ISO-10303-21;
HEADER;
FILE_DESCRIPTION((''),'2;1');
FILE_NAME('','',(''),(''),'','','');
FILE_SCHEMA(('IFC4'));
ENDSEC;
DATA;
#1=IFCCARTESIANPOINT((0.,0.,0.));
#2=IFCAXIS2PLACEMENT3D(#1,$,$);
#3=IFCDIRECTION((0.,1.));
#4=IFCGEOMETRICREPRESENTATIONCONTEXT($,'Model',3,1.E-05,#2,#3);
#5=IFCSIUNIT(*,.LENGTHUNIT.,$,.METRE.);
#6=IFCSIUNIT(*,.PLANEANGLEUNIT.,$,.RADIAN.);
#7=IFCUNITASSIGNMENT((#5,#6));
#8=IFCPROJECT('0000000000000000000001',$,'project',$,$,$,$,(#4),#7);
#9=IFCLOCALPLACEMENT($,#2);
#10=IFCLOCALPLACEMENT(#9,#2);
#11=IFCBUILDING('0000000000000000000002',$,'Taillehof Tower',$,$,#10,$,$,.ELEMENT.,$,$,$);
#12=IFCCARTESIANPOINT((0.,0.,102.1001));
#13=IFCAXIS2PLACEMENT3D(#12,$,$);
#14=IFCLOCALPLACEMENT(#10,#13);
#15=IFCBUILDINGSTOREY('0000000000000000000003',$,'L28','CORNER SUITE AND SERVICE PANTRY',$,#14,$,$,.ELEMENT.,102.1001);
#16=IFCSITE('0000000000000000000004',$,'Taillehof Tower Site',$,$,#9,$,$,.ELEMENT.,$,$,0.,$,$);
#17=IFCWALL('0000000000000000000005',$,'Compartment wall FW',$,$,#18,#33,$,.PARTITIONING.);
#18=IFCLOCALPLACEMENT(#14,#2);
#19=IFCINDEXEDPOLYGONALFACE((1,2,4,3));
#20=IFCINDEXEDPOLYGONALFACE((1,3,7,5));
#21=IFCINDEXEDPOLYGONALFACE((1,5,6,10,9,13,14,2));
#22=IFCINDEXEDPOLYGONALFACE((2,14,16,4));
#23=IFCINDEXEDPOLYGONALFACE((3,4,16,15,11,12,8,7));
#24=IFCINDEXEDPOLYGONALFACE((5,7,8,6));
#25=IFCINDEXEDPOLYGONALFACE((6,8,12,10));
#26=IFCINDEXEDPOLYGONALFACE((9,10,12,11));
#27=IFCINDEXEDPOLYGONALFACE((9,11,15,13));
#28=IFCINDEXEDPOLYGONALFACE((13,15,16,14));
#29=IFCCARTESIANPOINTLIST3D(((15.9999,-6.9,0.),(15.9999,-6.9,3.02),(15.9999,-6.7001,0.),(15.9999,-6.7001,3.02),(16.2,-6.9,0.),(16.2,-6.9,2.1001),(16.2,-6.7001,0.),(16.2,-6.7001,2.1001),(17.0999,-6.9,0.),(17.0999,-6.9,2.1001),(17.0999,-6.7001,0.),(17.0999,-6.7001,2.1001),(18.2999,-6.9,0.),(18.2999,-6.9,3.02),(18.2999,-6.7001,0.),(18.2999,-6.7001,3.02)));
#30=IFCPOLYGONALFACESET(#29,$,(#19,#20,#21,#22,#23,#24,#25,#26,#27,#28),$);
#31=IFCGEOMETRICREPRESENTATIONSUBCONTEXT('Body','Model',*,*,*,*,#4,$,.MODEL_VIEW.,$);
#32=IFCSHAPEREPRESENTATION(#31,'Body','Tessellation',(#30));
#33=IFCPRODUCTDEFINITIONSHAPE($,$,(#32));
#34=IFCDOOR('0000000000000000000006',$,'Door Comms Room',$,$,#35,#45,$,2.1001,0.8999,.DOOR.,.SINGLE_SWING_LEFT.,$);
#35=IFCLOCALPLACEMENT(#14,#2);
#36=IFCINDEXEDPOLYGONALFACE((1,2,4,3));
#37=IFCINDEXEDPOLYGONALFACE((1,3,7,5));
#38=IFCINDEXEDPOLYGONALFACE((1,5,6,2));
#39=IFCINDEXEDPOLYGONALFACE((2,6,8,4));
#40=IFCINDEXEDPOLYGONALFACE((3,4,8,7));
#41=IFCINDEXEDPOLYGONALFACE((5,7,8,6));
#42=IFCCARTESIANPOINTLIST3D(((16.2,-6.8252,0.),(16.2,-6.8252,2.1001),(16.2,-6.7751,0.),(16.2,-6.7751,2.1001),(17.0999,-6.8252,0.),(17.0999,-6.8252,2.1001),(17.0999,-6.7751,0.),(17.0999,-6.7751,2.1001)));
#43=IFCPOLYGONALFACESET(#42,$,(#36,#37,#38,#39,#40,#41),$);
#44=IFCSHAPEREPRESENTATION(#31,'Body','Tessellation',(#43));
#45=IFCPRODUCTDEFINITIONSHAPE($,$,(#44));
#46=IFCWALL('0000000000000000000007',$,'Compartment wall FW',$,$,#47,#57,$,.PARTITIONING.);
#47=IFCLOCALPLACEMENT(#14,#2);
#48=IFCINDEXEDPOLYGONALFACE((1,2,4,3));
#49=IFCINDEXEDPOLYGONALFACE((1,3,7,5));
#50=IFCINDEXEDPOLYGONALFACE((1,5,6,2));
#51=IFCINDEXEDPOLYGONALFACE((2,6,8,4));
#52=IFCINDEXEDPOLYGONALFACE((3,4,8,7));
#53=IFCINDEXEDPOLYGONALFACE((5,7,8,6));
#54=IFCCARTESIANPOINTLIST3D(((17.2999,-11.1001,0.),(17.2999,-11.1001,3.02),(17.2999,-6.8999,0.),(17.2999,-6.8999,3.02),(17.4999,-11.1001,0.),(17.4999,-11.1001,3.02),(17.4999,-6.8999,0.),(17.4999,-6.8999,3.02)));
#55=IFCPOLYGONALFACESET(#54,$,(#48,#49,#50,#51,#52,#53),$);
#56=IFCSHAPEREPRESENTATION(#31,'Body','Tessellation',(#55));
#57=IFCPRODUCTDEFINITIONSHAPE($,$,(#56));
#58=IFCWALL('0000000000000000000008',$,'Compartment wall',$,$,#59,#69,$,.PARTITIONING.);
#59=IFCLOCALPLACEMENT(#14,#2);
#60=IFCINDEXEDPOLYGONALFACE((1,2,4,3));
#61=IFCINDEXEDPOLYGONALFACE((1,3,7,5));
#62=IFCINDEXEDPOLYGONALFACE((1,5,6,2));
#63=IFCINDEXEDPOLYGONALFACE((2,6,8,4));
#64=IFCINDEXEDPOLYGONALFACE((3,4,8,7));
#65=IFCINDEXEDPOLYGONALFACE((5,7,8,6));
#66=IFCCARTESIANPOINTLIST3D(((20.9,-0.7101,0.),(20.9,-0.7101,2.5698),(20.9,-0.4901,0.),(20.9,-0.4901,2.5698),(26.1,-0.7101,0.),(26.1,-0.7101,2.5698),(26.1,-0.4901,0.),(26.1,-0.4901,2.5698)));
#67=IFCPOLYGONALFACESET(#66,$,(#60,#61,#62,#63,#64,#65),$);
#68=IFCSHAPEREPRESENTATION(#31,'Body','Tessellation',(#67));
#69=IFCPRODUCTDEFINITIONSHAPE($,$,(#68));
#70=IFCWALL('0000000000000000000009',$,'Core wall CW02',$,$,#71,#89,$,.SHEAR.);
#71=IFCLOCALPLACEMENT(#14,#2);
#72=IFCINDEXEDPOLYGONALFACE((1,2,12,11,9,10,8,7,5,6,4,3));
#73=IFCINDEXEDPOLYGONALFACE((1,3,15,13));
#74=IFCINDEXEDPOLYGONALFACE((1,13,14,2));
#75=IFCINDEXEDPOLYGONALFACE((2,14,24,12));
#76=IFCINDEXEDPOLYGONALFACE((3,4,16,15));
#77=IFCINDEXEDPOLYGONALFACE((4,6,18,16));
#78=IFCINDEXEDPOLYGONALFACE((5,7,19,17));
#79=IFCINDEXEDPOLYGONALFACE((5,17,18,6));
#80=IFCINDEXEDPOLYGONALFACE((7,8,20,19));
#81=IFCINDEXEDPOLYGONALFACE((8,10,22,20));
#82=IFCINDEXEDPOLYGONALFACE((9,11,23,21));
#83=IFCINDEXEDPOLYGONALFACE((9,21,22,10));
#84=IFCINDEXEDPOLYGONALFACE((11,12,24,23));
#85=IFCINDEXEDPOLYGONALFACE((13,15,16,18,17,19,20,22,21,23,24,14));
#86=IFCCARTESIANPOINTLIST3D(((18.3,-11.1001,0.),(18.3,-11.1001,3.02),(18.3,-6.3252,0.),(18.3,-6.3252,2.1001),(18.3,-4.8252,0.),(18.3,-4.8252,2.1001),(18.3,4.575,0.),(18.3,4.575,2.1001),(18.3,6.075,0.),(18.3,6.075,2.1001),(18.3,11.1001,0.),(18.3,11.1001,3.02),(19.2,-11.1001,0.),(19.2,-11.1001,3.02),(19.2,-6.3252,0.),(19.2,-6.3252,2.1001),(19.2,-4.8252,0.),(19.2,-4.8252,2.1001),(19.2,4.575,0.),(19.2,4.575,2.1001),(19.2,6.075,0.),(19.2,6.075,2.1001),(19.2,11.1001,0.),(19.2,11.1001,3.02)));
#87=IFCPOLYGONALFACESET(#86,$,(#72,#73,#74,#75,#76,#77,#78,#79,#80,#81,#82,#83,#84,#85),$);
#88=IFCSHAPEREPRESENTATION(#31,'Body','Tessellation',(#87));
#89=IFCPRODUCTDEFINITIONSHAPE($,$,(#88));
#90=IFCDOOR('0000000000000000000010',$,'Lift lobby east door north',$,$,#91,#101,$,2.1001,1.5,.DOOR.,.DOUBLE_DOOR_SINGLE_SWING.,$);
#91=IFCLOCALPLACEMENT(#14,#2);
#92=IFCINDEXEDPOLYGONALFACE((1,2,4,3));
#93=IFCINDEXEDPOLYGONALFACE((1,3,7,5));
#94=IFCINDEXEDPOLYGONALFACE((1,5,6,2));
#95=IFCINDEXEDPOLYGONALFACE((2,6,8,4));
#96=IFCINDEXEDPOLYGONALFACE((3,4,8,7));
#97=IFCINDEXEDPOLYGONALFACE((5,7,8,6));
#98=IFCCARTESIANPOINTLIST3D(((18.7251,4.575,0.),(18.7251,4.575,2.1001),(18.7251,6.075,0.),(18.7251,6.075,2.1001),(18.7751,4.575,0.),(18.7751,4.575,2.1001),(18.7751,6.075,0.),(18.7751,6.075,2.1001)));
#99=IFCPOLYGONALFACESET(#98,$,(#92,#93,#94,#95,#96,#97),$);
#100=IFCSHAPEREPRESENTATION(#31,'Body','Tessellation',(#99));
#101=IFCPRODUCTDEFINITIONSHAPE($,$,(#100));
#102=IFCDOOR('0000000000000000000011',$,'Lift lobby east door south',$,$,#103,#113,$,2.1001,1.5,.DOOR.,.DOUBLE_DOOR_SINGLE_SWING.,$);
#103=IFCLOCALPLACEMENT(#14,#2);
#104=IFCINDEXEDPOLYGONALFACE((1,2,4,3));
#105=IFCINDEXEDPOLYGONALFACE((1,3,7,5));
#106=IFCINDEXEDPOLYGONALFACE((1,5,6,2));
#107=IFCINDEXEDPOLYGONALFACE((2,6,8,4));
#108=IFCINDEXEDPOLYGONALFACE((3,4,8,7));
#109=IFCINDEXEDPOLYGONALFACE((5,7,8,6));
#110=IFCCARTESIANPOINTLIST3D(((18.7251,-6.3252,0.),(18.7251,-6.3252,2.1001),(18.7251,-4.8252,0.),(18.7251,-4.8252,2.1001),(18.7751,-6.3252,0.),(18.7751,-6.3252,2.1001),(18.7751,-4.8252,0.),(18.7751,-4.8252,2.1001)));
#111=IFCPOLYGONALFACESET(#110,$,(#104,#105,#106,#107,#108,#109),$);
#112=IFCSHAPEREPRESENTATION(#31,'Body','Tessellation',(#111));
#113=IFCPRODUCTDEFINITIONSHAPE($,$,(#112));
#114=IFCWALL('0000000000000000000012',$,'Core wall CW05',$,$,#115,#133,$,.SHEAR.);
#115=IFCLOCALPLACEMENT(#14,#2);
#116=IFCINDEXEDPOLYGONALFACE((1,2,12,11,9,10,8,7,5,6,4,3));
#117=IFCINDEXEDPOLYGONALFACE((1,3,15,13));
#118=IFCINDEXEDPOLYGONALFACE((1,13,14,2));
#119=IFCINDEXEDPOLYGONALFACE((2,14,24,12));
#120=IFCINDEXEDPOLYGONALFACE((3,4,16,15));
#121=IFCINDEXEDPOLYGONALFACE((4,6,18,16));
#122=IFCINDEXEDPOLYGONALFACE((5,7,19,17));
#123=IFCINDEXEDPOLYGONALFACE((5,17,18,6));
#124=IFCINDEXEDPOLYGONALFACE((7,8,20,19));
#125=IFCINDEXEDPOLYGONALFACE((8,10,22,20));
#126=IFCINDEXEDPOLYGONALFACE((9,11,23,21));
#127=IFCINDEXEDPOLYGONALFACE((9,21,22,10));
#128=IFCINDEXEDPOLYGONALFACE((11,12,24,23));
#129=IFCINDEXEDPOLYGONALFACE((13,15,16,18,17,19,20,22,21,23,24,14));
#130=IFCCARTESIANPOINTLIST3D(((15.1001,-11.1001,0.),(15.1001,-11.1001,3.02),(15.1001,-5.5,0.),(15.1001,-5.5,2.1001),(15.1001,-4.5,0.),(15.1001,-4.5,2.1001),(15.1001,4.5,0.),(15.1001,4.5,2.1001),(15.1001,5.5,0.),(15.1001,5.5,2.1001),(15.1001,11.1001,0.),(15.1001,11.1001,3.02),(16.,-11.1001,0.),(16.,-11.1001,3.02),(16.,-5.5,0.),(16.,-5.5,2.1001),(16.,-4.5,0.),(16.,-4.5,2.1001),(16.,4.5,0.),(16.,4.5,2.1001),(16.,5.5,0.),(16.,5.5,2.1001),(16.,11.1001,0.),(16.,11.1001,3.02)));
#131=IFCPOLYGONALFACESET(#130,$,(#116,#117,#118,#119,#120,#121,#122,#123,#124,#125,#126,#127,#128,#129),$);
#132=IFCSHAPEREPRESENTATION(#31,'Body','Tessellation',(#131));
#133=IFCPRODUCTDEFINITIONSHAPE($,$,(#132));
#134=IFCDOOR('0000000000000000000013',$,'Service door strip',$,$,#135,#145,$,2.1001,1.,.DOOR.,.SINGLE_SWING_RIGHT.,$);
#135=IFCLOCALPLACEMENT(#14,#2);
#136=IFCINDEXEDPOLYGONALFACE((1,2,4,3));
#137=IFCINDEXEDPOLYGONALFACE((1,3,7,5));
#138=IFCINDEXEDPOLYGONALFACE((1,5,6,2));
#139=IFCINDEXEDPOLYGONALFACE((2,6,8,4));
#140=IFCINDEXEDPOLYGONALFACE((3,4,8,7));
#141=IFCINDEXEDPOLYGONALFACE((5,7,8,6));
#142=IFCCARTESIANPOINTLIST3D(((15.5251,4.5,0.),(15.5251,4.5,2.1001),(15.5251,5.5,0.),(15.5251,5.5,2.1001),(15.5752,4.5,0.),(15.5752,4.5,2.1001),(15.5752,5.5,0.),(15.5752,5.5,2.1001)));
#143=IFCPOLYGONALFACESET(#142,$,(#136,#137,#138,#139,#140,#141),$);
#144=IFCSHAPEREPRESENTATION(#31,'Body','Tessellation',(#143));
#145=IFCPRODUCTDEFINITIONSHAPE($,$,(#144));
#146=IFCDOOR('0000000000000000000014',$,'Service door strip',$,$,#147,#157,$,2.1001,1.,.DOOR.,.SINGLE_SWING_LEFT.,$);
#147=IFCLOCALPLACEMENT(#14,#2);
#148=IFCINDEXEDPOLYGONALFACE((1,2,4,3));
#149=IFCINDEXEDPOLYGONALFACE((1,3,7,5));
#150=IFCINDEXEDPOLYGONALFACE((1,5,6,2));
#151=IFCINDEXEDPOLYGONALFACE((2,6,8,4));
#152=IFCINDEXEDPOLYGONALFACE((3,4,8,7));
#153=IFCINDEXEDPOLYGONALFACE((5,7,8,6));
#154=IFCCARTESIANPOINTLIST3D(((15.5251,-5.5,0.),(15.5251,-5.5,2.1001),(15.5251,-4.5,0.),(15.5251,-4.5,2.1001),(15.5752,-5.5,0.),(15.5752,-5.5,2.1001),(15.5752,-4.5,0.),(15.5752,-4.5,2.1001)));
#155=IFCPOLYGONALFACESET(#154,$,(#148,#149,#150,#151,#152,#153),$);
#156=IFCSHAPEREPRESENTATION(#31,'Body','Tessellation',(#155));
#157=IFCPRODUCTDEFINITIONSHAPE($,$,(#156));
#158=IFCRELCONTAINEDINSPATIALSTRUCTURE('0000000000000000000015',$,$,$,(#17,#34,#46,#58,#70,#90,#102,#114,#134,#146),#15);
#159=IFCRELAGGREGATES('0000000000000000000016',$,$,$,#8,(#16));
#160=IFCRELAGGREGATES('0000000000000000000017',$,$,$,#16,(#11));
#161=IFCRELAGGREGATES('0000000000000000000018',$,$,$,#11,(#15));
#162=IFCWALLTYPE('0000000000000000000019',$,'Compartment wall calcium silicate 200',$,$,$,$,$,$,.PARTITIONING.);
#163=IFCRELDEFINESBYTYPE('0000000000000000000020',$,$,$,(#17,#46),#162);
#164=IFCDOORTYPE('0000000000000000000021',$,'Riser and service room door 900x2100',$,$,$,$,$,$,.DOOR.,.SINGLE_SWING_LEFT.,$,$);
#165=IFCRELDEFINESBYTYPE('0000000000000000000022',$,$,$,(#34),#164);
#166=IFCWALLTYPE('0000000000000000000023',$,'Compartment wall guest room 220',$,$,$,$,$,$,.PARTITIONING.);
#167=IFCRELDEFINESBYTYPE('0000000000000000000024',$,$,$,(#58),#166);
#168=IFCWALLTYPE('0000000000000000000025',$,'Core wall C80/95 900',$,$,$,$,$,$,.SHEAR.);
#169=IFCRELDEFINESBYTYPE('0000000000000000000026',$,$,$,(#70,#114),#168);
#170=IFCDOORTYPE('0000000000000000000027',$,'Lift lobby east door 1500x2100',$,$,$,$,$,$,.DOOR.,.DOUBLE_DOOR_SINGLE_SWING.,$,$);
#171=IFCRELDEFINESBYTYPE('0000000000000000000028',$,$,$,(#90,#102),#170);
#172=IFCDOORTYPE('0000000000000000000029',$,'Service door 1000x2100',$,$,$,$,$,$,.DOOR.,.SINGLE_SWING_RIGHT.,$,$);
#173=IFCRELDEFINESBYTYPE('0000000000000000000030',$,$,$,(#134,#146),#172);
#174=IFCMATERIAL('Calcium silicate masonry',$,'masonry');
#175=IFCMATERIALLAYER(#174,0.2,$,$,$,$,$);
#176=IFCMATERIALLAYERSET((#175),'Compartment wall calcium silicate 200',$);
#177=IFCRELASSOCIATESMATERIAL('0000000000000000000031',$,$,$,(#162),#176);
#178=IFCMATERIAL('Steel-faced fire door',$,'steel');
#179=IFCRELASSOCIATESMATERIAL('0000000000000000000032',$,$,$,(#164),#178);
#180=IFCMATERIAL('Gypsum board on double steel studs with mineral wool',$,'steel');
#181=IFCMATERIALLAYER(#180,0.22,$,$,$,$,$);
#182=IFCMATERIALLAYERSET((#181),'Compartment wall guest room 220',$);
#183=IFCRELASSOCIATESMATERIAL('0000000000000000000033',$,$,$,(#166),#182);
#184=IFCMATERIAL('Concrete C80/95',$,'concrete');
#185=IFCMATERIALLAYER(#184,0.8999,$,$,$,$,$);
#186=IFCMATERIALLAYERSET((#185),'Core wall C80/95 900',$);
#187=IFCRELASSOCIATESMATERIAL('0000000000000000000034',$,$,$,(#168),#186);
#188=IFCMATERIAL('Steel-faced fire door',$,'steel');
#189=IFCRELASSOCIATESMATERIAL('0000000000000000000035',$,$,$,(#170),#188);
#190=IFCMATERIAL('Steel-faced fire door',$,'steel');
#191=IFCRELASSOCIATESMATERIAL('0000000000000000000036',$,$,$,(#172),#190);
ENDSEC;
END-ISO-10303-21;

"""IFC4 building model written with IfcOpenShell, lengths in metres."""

from ifc_helpers import new_model, si_unit, direction, frame, frame_2d, origin, place, context, subcontext, project, spatial, rectangle, extrude, material, layer, layer_set, type_object, element, fill, save


model = new_model("IFC4")

# Units and contexts
model_context = context("Model", 3, precision=1e-05, world=origin(), true_north=direction((0.0, 1.0)))
body_context = subcontext(model_context, "Body", "Model", "MODEL_VIEW")
ifc_project = project(units=[si_unit("LENGTHUNIT", "METRE"), si_unit("PLANEANGLEUNIT", "RADIAN")], contexts=[model_context])

# Site, building, storey
site_placement = place(None, origin())
site = spatial("IfcSite", under=ifc_project, at=site_placement, Name="Taillehof Tower Site", CompositionType="ELEMENT", RefElevation=0.0)
building_placement = place(site_placement, origin())
building = spatial("IfcBuilding", under=site, at=building_placement, Name="Taillehof Tower", CompositionType="ELEMENT")
storey_placement = place(building_placement, frame((0.0, 0.0, 102.1001)))
storey = spatial("IfcBuildingStorey", under=building, at=storey_placement, Name="L28", Description="CORNER SUITE AND SERVICE PANTRY", CompositionType="ELEMENT", Elevation=102.1001)

# Shared definitions
ifc_material_1 = material(Name="Calcium silicate masonry", Category="masonry")
ifc_layer_1 = layer(ifc_material_1, 0.2)
ifc_layer_set_1 = layer_set([ifc_layer_1], Name="Compartment wall calcium silicate 200")
wall_type_1 = type_object("IfcWallType", Name="Compartment wall calcium silicate 200", PredefinedType="PARTITIONING", material=ifc_layer_set_1)

# Wall, opening, door
wall_1_placement = place(storey_placement, frame((16.0, -6.8, 0.0), z_axis=(0.0, 0.0, 1.0), x_axis=(1.0, 0.0, 0.0)))
wall_1 = element("IfcWall", 1, at=wall_1_placement, inside=storey, type_object=wall_type_1, Name="Compartment wall FW", PredefinedType="PARTITIONING", context=body_context, shape_type="SweptSolid", body=[
    extrude(rectangle(XDim=2.3, YDim=0.2, at=frame_2d((1.1499, 0.0))), origin(), (0.0, 0.0, 1.0), 3.02),
])
opening_1_placement = place(wall_1_placement, frame((0.2, 0.0, 0.0)))
opening_1 = element("IfcOpeningElement", 2, at=opening_1_placement, cuts=wall_1, PredefinedType="OPENING", context=body_context, shape_type="SweptSolid", body=[
    extrude(rectangle(XDim=0.8999, YDim=2.1001, at=frame_2d((0.45, 1.05))), frame((0.0, 0.1099, 0.0), z_axis=(0.0, -1.0, 0.0), x_axis=(1.0, 0.0, 0.0)), (0.0, 0.0, 1.0), 0.22),
])
ifc_material_2 = material(Name="Steel-faced fire door", Category="steel")
door_type_1 = type_object("IfcDoorType", Name="Riser and service room door 900x2100", OperationType="SINGLE_SWING_LEFT", PredefinedType="DOOR", material=ifc_material_2)
door_1_placement = place(opening_1_placement, origin())
door_1 = element("IfcDoor", 3, at=door_1_placement, inside=storey, type_object=door_type_1, Name="Door Comms Room", OperationType="SINGLE_SWING_LEFT", OverallHeight=2.1001, OverallWidth=0.8999, PredefinedType="DOOR", context=body_context, shape_type="SweptSolid", body=[
    extrude(rectangle(XDim=0.8999, YDim=2.1001, at=frame_2d((0.45, 1.05))), frame((0.0, 0.0249, 0.0), z_axis=(0.0, -1.0, 0.0), x_axis=(1.0, 0.0, 0.0)), (0.0, 0.0, 1.0), 0.05),
])
fill(opening_1, door_1)

# Walls
wall_2_placement = place(storey_placement, frame((17.3999, -11.1001, 0.0), z_axis=(0.0, 0.0, 1.0), x_axis=(0.0, 1.0, 0.0)))
element("IfcWall", 4, at=wall_2_placement, inside=storey, type_object=wall_type_1, Name="Compartment wall FW", PredefinedType="PARTITIONING", context=body_context, shape_type="SweptSolid", body=[
    extrude(rectangle(XDim=4.2002, YDim=0.2, at=frame_2d((2.1001, 0.0))), origin(), (0.0, 0.0, 1.0), 3.02),
])
ifc_material_3 = material(Name="Gypsum board on double steel studs with mineral wool", Category="steel")
ifc_layer_2 = layer(ifc_material_3, 0.22)
ifc_layer_set_2 = layer_set([ifc_layer_2], Name="Compartment wall guest room 220")
wall_type_2 = type_object("IfcWallType", Name="Compartment wall guest room 220", PredefinedType="PARTITIONING", material=ifc_layer_set_2)
wall_3_placement = place(storey_placement, frame((26.1001, -0.6001, 0.0), z_axis=(0.0, 0.0, 1.0), x_axis=(-1.0, 0.0, 0.0)))
element("IfcWall", 5, at=wall_3_placement, inside=storey, type_object=wall_type_2, Name="Compartment wall", PredefinedType="PARTITIONING", context=body_context, shape_type="SweptSolid", body=[
    extrude(rectangle(XDim=5.2, YDim=0.22, at=frame_2d((2.6001, 0.0))), origin(), (0.0, 0.0, 1.0), 2.5698),
])

# Walls, openings, doors
ifc_material_4 = material(Name="Concrete C80/95", Category="concrete")
ifc_layer_3 = layer(ifc_material_4, 0.8999)
ifc_layer_set_3 = layer_set([ifc_layer_3], Name="Core wall C80/95 900")
wall_type_3 = type_object("IfcWallType", Name="Core wall C80/95 900", PredefinedType="SHEAR", material=ifc_layer_set_3)
wall_4_placement = place(storey_placement, frame((18.75, -11.1001, 0.0), z_axis=(0.0, 0.0, 1.0), x_axis=(0.0, 1.0, 0.0)))
wall_4 = element("IfcWall", 6, at=wall_4_placement, inside=storey, type_object=wall_type_3, Name="Core wall CW02", PredefinedType="SHEAR", context=body_context, shape_type="SweptSolid", body=[
    extrude(rectangle(XDim=22.2002, YDim=0.8999, at=frame_2d((11.1001, 0.0))), origin(), (0.0, 0.0, 1.0), 3.02),
])
opening_2_placement = place(wall_4_placement, frame((15.675, 0.0, 0.0)))
opening_2 = element("IfcOpeningElement", 7, at=opening_2_placement, cuts=wall_4, PredefinedType="OPENING", context=body_context, shape_type="SweptSolid", body=[
    extrude(rectangle(XDim=1.5, YDim=2.1001, at=frame_2d((0.75, 1.05))), frame((0.0, 0.46, 0.0), z_axis=(0.0, -1.0, 0.0), x_axis=(1.0, 0.0, 0.0)), (0.0, 0.0, 1.0), 0.9199),
])
opening_3_placement = place(wall_4_placement, frame((4.7749, 0.0, 0.0)))
opening_3 = element("IfcOpeningElement", 8, at=opening_3_placement, cuts=wall_4, PredefinedType="OPENING", context=body_context, shape_type="SweptSolid", body=[
    extrude(rectangle(XDim=1.5, YDim=2.1001, at=frame_2d((0.75, 1.05))), frame((0.0, 0.46, 0.0), z_axis=(0.0, -1.0, 0.0), x_axis=(1.0, 0.0, 0.0)), (0.0, 0.0, 1.0), 0.9199),
])
ifc_material_5 = material(Name="Steel-faced fire door", Category="steel")
door_type_2 = type_object("IfcDoorType", Name="Lift lobby east door 1500x2100", OperationType="DOUBLE_DOOR_SINGLE_SWING", PredefinedType="DOOR", material=ifc_material_5)
door_2_placement = place(opening_2_placement, origin())
door_2 = element("IfcDoor", 9, at=door_2_placement, inside=storey, type_object=door_type_2, Name="Lift lobby east door north", OperationType="DOUBLE_DOOR_SINGLE_SWING", OverallHeight=2.1001, OverallWidth=1.5, PredefinedType="DOOR", context=body_context, shape_type="SweptSolid", body=[
    extrude(rectangle(XDim=1.5, YDim=2.1001, at=frame_2d((0.75, 1.05))), frame((0.0, 0.0249, 0.0), z_axis=(0.0, -1.0, 0.0), x_axis=(1.0, 0.0, 0.0)), (0.0, 0.0, 1.0), 0.05),
])
fill(opening_2, door_2)
door_3_placement = place(opening_3_placement, origin())
door_3 = element("IfcDoor", 10, at=door_3_placement, inside=storey, type_object=door_type_2, Name="Lift lobby east door south", OperationType="DOUBLE_DOOR_SINGLE_SWING", OverallHeight=2.1001, OverallWidth=1.5, PredefinedType="DOOR", context=body_context, shape_type="SweptSolid", body=[
    extrude(rectangle(XDim=1.5, YDim=2.1001, at=frame_2d((0.75, 1.05))), frame((0.0, 0.0249, 0.0), z_axis=(0.0, -1.0, 0.0), x_axis=(1.0, 0.0, 0.0)), (0.0, 0.0, 1.0), 0.05),
])
fill(opening_3, door_3)
wall_5_placement = place(storey_placement, frame((15.55, -11.1001, 0.0), z_axis=(0.0, 0.0, 1.0), x_axis=(0.0, 1.0, 0.0)))
wall_5 = element("IfcWall", 11, at=wall_5_placement, inside=storey, type_object=wall_type_3, Name="Core wall CW05", PredefinedType="SHEAR", context=body_context, shape_type="SweptSolid", body=[
    extrude(rectangle(XDim=22.2002, YDim=0.8999, at=frame_2d((11.1001, 0.0))), origin(), (0.0, 0.0, 1.0), 3.02),
])
opening_4_placement = place(wall_5_placement, frame((15.6001, 0.0, 0.0)))
opening_4 = element("IfcOpeningElement", 12, at=opening_4_placement, cuts=wall_5, PredefinedType="OPENING", context=body_context, shape_type="SweptSolid", body=[
    extrude(rectangle(XDim=1.0, YDim=2.1001, at=frame_2d((0.5, 1.05))), frame((0.0, 0.46, 0.0), z_axis=(0.0, -1.0, 0.0), x_axis=(1.0, 0.0, 0.0)), (0.0, 0.0, 1.0), 0.9199),
])
opening_5_placement = place(wall_5_placement, frame((5.6001, 0.0, 0.0)))
opening_5 = element("IfcOpeningElement", 13, at=opening_5_placement, cuts=wall_5, PredefinedType="OPENING", context=body_context, shape_type="SweptSolid", body=[
    extrude(rectangle(XDim=1.0, YDim=2.1001, at=frame_2d((0.5, 1.05))), frame((0.0, 0.46, 0.0), z_axis=(0.0, -1.0, 0.0), x_axis=(1.0, 0.0, 0.0)), (0.0, 0.0, 1.0), 0.9199),
])
ifc_material_6 = material(Name="Steel-faced fire door", Category="steel")
door_type_3 = type_object("IfcDoorType", Name="Service door 1000x2100", OperationType="SINGLE_SWING_RIGHT", PredefinedType="DOOR", material=ifc_material_6)
door_4_placement = place(opening_4_placement, origin())
door_4 = element("IfcDoor", 14, at=door_4_placement, inside=storey, type_object=door_type_3, Name="Service door strip", OperationType="SINGLE_SWING_RIGHT", OverallHeight=2.1001, OverallWidth=1.0, PredefinedType="DOOR", context=body_context, shape_type="SweptSolid", body=[
    extrude(rectangle(XDim=1.0, YDim=2.1001, at=frame_2d((0.5, 1.05))), frame((0.0, 0.0249, 0.0), z_axis=(0.0, -1.0, 0.0), x_axis=(1.0, 0.0, 0.0)), (0.0, 0.0, 1.0), 0.05),
])
fill(opening_4, door_4)
door_5_placement = place(opening_5_placement, origin())
door_5 = element("IfcDoor", 15, at=door_5_placement, inside=storey, type_object=door_type_3, Name="Service door strip", OperationType="SINGLE_SWING_LEFT", OverallHeight=2.1001, OverallWidth=1.0, PredefinedType="DOOR", context=body_context, shape_type="SweptSolid", body=[
    extrude(rectangle(XDim=1.0, YDim=2.1001, at=frame_2d((0.5, 1.05))), frame((0.0, 0.0249, 0.0), z_axis=(0.0, -1.0, 0.0), x_axis=(1.0, 0.0, 0.0)), (0.0, 0.0, 1.0), 0.05),
])
fill(opening_5, door_5)

save(model, "model.ifc")
